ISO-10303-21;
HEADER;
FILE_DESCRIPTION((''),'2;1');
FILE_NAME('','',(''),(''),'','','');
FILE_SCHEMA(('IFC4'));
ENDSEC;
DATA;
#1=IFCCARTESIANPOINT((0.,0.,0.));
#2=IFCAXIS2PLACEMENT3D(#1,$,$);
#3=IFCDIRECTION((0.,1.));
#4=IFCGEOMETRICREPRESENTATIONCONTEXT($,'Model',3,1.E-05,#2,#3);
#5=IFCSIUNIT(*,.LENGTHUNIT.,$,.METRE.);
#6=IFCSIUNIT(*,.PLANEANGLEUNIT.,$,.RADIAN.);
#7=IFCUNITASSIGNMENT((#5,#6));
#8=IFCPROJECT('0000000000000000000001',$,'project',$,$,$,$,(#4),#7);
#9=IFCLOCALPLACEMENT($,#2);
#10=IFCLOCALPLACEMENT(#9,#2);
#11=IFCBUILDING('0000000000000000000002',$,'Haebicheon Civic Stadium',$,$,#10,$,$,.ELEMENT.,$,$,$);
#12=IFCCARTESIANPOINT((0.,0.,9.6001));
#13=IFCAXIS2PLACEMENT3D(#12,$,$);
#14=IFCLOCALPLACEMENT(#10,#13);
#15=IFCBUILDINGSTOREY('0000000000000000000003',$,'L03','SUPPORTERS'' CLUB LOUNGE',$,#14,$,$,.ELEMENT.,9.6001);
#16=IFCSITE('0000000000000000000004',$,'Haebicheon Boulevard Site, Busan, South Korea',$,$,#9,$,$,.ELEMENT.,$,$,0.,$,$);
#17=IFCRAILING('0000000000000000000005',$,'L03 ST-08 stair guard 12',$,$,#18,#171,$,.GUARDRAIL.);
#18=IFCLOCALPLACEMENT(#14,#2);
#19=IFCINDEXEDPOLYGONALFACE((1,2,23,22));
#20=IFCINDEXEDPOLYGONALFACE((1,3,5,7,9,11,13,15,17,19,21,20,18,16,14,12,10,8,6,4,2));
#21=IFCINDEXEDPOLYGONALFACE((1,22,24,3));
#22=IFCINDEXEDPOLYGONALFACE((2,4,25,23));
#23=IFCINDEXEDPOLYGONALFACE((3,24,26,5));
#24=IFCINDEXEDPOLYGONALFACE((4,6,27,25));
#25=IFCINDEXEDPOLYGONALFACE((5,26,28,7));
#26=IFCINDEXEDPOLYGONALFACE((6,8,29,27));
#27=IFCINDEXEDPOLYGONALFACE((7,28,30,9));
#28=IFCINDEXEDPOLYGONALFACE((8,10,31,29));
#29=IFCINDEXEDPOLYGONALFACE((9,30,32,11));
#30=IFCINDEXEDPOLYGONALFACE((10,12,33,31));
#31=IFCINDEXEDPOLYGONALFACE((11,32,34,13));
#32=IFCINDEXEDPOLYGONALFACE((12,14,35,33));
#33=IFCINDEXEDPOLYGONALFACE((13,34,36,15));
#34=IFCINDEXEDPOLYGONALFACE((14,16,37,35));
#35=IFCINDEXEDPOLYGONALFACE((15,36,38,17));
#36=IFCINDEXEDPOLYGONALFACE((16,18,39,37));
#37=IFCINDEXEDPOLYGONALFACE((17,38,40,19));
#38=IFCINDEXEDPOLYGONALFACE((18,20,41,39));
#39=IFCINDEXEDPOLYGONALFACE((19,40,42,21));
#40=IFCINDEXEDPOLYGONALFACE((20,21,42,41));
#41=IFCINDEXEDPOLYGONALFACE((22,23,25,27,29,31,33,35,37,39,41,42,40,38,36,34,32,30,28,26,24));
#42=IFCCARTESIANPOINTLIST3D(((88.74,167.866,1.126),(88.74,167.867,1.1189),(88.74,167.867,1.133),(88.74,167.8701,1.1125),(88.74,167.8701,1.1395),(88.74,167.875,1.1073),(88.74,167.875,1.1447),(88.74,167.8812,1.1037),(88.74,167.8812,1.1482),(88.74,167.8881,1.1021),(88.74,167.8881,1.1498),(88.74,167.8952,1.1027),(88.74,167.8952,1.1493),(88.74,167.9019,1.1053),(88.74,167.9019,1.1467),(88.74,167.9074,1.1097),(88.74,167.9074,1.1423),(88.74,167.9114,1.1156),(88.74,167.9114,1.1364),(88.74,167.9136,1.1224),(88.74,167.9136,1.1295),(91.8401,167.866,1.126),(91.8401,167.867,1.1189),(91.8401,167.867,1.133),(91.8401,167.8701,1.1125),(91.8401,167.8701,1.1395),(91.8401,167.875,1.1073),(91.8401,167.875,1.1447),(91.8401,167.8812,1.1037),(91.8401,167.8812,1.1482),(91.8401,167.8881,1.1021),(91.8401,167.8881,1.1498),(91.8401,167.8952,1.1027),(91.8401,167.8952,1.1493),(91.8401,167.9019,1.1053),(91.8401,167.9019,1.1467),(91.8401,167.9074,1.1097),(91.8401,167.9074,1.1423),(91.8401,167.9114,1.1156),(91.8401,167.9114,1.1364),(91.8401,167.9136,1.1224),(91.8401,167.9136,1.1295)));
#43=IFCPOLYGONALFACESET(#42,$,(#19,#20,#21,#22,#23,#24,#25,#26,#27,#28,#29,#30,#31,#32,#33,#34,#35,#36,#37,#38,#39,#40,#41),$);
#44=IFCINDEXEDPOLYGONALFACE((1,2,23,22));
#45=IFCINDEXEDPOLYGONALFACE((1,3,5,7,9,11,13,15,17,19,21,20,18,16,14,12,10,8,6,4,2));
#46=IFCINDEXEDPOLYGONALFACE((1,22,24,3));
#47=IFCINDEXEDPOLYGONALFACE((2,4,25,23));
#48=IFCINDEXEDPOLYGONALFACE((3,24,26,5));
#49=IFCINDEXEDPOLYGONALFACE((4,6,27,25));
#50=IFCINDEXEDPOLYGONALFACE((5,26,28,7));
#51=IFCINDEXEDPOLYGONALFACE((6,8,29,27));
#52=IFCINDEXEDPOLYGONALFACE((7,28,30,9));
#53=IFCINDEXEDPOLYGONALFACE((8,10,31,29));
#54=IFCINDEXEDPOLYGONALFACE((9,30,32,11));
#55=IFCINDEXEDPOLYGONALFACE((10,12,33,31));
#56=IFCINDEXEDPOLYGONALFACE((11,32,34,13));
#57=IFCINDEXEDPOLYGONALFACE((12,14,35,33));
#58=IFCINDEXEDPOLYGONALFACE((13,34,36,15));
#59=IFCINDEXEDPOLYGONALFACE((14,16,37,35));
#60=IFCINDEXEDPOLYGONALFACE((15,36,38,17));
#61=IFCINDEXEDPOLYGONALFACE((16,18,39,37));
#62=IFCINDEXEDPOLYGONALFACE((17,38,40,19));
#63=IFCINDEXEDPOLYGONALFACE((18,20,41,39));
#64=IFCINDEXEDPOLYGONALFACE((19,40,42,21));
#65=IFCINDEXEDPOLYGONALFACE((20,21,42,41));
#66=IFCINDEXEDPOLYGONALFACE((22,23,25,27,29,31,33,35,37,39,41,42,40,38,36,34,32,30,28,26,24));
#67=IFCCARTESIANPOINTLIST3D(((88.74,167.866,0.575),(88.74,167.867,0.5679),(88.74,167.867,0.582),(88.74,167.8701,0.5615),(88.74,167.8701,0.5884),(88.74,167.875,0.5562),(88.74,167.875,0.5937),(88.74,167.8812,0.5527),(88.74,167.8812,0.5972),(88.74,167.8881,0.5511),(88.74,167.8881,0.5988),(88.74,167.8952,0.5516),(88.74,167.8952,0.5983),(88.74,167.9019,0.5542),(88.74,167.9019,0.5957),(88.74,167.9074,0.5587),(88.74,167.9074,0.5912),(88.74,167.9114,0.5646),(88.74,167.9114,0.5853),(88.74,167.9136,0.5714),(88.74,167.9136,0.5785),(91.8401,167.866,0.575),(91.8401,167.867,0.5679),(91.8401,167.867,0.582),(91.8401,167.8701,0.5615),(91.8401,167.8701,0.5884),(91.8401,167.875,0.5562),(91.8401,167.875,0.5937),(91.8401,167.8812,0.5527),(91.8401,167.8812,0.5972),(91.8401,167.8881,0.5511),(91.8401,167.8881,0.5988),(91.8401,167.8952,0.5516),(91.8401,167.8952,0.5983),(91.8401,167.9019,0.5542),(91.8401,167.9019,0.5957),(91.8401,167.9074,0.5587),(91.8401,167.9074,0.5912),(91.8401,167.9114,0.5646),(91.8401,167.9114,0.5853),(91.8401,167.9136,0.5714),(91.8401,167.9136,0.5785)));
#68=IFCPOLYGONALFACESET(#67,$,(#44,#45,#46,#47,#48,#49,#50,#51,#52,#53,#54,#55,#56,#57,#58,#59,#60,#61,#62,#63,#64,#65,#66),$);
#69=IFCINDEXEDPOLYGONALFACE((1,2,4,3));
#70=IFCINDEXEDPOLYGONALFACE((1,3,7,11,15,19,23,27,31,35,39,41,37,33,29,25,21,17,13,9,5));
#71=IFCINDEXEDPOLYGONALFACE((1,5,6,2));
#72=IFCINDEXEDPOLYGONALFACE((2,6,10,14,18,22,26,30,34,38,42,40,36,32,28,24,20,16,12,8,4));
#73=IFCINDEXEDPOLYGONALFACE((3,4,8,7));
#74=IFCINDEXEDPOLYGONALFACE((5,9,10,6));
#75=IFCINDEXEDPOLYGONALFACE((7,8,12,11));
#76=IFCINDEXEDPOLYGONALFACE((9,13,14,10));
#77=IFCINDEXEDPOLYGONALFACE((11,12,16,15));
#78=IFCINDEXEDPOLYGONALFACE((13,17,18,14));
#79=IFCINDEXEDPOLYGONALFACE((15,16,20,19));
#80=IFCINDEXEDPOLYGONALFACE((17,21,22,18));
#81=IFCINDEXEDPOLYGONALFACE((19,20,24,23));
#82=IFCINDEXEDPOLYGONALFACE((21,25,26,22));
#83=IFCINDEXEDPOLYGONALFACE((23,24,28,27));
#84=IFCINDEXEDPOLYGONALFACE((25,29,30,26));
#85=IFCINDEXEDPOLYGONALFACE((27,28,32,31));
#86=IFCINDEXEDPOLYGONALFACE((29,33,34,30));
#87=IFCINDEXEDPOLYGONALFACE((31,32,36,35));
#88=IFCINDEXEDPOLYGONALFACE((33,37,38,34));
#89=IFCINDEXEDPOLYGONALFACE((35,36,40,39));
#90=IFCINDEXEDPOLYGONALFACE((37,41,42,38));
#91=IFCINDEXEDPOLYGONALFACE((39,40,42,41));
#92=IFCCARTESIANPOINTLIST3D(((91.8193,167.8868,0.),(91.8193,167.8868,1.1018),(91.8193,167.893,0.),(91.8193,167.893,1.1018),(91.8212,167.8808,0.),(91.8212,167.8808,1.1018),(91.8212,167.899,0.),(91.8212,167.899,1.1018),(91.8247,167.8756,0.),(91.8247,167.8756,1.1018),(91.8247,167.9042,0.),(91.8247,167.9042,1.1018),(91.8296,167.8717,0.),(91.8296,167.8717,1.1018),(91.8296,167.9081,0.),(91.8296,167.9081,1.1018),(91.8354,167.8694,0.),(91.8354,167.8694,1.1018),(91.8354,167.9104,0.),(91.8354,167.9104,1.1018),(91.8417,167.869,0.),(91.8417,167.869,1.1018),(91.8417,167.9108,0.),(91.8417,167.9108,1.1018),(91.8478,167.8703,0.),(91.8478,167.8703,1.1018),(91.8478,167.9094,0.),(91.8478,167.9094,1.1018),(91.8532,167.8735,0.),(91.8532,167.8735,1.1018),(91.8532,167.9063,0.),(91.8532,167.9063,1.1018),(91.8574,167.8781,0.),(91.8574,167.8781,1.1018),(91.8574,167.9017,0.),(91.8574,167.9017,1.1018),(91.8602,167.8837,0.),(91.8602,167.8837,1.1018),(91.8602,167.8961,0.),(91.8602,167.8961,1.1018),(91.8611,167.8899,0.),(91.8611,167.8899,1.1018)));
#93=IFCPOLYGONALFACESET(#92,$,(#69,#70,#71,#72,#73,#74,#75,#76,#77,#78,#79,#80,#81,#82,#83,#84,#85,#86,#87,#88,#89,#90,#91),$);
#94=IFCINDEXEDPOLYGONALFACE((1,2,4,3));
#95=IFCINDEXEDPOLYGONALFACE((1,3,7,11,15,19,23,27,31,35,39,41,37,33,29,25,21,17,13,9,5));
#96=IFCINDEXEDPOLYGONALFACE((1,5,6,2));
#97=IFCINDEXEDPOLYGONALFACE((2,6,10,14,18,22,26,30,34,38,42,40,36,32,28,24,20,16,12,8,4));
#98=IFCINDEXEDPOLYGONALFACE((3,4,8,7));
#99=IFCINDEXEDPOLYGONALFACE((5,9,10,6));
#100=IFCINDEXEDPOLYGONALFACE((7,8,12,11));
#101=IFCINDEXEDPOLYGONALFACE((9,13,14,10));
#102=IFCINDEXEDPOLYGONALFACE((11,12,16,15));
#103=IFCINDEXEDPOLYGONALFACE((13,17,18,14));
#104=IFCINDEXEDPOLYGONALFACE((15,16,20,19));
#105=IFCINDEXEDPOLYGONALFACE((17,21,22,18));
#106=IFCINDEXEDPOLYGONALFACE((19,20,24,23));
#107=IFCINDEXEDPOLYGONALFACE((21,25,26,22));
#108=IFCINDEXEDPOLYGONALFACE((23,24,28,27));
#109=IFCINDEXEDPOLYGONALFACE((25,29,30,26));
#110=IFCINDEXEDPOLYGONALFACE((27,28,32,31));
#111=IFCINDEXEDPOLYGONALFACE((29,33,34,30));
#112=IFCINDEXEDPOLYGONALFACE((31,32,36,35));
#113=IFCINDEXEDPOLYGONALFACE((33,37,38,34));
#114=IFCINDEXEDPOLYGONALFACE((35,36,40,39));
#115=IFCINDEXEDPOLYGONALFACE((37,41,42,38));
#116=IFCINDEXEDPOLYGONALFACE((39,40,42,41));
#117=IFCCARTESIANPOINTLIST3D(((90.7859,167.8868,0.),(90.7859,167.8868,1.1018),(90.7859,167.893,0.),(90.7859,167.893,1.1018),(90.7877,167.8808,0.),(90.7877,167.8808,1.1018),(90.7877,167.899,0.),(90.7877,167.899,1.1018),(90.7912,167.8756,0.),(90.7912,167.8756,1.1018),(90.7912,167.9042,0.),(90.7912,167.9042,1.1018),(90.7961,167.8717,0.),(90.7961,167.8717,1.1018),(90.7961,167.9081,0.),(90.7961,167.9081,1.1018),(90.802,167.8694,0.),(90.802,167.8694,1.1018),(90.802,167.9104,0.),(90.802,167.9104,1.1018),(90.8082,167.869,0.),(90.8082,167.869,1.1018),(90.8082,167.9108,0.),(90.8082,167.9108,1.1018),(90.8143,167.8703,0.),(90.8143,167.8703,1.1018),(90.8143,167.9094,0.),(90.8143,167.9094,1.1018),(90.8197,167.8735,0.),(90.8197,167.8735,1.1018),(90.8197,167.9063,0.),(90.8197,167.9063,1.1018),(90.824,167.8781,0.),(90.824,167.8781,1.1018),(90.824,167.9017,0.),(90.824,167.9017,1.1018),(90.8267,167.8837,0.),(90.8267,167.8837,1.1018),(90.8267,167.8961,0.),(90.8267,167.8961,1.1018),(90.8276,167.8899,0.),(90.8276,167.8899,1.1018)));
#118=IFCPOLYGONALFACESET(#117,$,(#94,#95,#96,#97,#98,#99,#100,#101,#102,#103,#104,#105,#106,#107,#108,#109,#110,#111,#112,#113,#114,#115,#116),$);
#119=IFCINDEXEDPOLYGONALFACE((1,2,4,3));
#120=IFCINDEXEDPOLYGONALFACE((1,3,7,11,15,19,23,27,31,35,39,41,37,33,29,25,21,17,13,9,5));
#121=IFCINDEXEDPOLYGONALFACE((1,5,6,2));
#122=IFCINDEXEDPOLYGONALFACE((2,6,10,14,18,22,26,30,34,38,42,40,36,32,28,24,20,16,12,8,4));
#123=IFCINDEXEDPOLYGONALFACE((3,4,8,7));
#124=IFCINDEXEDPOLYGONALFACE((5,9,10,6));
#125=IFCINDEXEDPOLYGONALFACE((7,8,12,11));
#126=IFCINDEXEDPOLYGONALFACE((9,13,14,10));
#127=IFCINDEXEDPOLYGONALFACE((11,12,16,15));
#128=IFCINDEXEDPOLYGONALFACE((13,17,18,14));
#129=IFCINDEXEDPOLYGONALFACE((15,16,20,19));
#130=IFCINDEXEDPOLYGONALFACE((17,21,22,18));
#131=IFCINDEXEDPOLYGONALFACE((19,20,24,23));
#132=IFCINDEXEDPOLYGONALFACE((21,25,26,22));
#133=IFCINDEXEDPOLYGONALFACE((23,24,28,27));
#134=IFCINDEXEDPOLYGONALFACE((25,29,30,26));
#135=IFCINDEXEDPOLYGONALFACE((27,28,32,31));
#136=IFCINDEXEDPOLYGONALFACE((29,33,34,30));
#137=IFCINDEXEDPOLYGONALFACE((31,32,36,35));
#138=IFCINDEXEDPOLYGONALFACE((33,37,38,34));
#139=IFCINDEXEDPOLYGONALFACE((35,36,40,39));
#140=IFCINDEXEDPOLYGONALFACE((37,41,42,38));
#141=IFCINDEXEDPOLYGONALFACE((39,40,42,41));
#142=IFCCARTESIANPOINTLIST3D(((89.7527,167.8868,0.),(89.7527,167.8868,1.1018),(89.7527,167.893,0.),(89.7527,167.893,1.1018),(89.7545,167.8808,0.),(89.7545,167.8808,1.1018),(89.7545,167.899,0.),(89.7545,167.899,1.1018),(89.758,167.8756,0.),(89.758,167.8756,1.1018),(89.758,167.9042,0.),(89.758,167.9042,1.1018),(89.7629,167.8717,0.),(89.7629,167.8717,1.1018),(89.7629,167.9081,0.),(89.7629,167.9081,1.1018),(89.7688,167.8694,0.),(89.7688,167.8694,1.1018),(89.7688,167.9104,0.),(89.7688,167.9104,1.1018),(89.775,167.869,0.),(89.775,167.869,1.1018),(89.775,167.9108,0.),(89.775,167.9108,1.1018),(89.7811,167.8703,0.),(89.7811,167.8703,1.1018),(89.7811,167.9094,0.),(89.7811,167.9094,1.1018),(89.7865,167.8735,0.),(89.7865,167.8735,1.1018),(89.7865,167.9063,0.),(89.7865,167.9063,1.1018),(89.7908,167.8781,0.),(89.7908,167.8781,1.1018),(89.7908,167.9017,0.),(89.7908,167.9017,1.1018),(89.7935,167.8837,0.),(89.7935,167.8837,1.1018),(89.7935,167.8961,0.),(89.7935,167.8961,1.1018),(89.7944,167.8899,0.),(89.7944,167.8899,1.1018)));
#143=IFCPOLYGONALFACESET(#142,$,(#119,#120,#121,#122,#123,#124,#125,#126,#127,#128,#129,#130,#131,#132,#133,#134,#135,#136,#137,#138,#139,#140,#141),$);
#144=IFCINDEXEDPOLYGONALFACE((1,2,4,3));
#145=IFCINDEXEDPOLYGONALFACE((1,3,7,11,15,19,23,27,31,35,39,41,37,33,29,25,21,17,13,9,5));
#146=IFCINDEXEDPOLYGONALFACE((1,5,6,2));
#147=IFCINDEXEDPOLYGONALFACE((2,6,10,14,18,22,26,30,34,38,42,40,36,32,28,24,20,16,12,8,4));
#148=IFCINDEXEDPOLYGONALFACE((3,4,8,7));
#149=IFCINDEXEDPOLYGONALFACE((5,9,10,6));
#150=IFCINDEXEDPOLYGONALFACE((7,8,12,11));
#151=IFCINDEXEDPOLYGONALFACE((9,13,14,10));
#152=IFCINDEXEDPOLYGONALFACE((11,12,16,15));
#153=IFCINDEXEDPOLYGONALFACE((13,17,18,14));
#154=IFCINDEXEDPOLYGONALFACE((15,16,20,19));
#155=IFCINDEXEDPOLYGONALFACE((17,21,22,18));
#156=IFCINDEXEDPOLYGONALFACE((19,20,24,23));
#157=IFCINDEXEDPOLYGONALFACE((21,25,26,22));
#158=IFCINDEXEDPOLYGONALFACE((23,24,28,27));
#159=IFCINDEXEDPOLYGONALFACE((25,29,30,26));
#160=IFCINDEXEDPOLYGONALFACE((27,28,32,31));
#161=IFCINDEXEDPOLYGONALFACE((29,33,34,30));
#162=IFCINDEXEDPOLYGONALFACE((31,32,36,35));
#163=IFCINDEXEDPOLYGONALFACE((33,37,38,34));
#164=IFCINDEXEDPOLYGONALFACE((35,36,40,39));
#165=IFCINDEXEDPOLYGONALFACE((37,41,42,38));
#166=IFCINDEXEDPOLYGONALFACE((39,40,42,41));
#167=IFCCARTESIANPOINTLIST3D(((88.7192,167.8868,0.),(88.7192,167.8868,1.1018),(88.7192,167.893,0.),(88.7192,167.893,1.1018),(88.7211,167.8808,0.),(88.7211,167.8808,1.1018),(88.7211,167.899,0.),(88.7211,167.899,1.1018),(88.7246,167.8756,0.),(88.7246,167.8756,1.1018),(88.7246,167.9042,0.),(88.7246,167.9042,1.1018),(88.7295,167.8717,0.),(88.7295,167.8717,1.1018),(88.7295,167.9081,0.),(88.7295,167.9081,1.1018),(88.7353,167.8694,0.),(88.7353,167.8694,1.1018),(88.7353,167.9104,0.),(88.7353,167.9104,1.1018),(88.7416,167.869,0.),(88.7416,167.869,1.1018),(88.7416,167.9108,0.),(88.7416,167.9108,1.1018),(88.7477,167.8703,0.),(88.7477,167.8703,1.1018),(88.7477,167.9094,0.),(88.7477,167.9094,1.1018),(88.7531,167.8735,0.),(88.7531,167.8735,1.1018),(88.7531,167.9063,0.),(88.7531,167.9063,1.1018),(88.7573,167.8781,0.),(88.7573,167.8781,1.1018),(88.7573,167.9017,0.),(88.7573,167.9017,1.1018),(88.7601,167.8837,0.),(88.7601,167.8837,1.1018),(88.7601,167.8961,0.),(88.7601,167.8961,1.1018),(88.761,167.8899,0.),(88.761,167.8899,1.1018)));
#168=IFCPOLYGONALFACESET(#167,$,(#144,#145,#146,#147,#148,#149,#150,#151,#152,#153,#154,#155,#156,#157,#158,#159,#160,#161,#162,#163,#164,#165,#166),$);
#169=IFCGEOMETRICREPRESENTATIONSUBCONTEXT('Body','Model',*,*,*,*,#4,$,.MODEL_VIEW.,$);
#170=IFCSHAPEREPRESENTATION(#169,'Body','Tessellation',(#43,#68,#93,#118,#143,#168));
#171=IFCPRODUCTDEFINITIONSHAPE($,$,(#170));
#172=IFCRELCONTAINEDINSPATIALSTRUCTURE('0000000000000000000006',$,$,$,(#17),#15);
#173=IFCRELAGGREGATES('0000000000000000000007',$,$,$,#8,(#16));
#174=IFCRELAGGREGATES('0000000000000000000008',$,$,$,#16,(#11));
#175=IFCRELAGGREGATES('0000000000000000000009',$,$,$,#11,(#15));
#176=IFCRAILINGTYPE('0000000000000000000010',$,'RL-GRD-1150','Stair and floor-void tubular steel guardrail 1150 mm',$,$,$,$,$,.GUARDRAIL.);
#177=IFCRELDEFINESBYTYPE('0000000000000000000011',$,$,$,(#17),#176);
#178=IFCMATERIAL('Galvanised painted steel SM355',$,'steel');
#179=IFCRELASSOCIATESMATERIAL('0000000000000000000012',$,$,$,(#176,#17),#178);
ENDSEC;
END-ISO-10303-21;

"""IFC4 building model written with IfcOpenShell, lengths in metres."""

from ifc_helpers import new_model, si_unit, direction, frame, origin, origin_2d, place, context, subcontext, project, spatial, circle, extrude, material, type_object, element, save


model = new_model("IFC4")

# Units and contexts
model_context = context("Model", 3, precision=1e-05, world=origin(), true_north=direction((0.0, 1.0)))
body_context = subcontext(model_context, "Body", "Model", "MODEL_VIEW")
ifc_project = project(units=[si_unit("LENGTHUNIT", "METRE"), si_unit("PLANEANGLEUNIT", "RADIAN")], contexts=[model_context])

# Site, building, storey
site_placement = place(None, origin())
site = spatial("IfcSite", under=ifc_project, at=site_placement, Name="Haebicheon Boulevard Site, Busan, South Korea", CompositionType="ELEMENT", RefElevation=0.0)
building_placement = place(site_placement, origin())
building = spatial("IfcBuilding", under=site, at=building_placement, Name="Haebicheon Civic Stadium", CompositionType="ELEMENT")
storey_placement = place(building_placement, frame((0.0, 0.0, 9.6001)))
storey = spatial("IfcBuildingStorey", under=building, at=storey_placement, Name="L03", Description="SUPPORTERS' CLUB LOUNGE", CompositionType="ELEMENT", Elevation=9.6001)

# Railing
ifc_material_1 = material(Name="Galvanised painted steel SM355", Category="steel")
railing_type_1 = type_object("IfcRailingType", Name="RL-GRD-1150", Description="Stair and floor-void tubular steel guardrail 1150 mm", PredefinedType="GUARDRAIL", material=ifc_material_1)
railing_1_placement = place(storey_placement, frame((91.8401, 167.8899, 0.0)))
element("IfcRailing", 1, at=railing_1_placement, inside=storey, type_object=railing_type_1, material=ifc_material_1, Name="L03 ST-08 stair guard 12", PredefinedType="GUARDRAIL", context=body_context, shape_type="SweptSolid", body=[
    extrude(circle(Radius=0.0239, at=origin_2d()), frame((0.0, 0.0, 1.126), z_axis=(-1.0, 0.0, 0.0), x_axis=(0.0, -1.0, 0.0)), (0.0, 0.0, 1.0), 3.1001),
    extrude(circle(Radius=0.0239, at=origin_2d()), frame((0.0, 0.0, 0.575), z_axis=(-1.0, 0.0, 0.0), x_axis=(0.0, -1.0, 0.0)), (0.0, 0.0, 1.0), 3.1001),
    extrude(circle(Radius=0.021, at=origin_2d()), origin(), (0.0, 0.0, 1.0), 1.1018),
    extrude(circle(Radius=0.021, at=origin_2d()), frame((-1.0334, 0.0, 0.0)), (0.0, 0.0, 1.0), 1.1018),
    extrude(circle(Radius=0.021, at=origin_2d()), frame((-2.0667, 0.0, 0.0)), (0.0, 0.0, 1.0), 1.1018),
    extrude(circle(Radius=0.021, at=origin_2d()), frame((-3.1001, 0.0, 0.0)), (0.0, 0.0, 1.0), 1.1018),
])

save(model, "model.ifc")
